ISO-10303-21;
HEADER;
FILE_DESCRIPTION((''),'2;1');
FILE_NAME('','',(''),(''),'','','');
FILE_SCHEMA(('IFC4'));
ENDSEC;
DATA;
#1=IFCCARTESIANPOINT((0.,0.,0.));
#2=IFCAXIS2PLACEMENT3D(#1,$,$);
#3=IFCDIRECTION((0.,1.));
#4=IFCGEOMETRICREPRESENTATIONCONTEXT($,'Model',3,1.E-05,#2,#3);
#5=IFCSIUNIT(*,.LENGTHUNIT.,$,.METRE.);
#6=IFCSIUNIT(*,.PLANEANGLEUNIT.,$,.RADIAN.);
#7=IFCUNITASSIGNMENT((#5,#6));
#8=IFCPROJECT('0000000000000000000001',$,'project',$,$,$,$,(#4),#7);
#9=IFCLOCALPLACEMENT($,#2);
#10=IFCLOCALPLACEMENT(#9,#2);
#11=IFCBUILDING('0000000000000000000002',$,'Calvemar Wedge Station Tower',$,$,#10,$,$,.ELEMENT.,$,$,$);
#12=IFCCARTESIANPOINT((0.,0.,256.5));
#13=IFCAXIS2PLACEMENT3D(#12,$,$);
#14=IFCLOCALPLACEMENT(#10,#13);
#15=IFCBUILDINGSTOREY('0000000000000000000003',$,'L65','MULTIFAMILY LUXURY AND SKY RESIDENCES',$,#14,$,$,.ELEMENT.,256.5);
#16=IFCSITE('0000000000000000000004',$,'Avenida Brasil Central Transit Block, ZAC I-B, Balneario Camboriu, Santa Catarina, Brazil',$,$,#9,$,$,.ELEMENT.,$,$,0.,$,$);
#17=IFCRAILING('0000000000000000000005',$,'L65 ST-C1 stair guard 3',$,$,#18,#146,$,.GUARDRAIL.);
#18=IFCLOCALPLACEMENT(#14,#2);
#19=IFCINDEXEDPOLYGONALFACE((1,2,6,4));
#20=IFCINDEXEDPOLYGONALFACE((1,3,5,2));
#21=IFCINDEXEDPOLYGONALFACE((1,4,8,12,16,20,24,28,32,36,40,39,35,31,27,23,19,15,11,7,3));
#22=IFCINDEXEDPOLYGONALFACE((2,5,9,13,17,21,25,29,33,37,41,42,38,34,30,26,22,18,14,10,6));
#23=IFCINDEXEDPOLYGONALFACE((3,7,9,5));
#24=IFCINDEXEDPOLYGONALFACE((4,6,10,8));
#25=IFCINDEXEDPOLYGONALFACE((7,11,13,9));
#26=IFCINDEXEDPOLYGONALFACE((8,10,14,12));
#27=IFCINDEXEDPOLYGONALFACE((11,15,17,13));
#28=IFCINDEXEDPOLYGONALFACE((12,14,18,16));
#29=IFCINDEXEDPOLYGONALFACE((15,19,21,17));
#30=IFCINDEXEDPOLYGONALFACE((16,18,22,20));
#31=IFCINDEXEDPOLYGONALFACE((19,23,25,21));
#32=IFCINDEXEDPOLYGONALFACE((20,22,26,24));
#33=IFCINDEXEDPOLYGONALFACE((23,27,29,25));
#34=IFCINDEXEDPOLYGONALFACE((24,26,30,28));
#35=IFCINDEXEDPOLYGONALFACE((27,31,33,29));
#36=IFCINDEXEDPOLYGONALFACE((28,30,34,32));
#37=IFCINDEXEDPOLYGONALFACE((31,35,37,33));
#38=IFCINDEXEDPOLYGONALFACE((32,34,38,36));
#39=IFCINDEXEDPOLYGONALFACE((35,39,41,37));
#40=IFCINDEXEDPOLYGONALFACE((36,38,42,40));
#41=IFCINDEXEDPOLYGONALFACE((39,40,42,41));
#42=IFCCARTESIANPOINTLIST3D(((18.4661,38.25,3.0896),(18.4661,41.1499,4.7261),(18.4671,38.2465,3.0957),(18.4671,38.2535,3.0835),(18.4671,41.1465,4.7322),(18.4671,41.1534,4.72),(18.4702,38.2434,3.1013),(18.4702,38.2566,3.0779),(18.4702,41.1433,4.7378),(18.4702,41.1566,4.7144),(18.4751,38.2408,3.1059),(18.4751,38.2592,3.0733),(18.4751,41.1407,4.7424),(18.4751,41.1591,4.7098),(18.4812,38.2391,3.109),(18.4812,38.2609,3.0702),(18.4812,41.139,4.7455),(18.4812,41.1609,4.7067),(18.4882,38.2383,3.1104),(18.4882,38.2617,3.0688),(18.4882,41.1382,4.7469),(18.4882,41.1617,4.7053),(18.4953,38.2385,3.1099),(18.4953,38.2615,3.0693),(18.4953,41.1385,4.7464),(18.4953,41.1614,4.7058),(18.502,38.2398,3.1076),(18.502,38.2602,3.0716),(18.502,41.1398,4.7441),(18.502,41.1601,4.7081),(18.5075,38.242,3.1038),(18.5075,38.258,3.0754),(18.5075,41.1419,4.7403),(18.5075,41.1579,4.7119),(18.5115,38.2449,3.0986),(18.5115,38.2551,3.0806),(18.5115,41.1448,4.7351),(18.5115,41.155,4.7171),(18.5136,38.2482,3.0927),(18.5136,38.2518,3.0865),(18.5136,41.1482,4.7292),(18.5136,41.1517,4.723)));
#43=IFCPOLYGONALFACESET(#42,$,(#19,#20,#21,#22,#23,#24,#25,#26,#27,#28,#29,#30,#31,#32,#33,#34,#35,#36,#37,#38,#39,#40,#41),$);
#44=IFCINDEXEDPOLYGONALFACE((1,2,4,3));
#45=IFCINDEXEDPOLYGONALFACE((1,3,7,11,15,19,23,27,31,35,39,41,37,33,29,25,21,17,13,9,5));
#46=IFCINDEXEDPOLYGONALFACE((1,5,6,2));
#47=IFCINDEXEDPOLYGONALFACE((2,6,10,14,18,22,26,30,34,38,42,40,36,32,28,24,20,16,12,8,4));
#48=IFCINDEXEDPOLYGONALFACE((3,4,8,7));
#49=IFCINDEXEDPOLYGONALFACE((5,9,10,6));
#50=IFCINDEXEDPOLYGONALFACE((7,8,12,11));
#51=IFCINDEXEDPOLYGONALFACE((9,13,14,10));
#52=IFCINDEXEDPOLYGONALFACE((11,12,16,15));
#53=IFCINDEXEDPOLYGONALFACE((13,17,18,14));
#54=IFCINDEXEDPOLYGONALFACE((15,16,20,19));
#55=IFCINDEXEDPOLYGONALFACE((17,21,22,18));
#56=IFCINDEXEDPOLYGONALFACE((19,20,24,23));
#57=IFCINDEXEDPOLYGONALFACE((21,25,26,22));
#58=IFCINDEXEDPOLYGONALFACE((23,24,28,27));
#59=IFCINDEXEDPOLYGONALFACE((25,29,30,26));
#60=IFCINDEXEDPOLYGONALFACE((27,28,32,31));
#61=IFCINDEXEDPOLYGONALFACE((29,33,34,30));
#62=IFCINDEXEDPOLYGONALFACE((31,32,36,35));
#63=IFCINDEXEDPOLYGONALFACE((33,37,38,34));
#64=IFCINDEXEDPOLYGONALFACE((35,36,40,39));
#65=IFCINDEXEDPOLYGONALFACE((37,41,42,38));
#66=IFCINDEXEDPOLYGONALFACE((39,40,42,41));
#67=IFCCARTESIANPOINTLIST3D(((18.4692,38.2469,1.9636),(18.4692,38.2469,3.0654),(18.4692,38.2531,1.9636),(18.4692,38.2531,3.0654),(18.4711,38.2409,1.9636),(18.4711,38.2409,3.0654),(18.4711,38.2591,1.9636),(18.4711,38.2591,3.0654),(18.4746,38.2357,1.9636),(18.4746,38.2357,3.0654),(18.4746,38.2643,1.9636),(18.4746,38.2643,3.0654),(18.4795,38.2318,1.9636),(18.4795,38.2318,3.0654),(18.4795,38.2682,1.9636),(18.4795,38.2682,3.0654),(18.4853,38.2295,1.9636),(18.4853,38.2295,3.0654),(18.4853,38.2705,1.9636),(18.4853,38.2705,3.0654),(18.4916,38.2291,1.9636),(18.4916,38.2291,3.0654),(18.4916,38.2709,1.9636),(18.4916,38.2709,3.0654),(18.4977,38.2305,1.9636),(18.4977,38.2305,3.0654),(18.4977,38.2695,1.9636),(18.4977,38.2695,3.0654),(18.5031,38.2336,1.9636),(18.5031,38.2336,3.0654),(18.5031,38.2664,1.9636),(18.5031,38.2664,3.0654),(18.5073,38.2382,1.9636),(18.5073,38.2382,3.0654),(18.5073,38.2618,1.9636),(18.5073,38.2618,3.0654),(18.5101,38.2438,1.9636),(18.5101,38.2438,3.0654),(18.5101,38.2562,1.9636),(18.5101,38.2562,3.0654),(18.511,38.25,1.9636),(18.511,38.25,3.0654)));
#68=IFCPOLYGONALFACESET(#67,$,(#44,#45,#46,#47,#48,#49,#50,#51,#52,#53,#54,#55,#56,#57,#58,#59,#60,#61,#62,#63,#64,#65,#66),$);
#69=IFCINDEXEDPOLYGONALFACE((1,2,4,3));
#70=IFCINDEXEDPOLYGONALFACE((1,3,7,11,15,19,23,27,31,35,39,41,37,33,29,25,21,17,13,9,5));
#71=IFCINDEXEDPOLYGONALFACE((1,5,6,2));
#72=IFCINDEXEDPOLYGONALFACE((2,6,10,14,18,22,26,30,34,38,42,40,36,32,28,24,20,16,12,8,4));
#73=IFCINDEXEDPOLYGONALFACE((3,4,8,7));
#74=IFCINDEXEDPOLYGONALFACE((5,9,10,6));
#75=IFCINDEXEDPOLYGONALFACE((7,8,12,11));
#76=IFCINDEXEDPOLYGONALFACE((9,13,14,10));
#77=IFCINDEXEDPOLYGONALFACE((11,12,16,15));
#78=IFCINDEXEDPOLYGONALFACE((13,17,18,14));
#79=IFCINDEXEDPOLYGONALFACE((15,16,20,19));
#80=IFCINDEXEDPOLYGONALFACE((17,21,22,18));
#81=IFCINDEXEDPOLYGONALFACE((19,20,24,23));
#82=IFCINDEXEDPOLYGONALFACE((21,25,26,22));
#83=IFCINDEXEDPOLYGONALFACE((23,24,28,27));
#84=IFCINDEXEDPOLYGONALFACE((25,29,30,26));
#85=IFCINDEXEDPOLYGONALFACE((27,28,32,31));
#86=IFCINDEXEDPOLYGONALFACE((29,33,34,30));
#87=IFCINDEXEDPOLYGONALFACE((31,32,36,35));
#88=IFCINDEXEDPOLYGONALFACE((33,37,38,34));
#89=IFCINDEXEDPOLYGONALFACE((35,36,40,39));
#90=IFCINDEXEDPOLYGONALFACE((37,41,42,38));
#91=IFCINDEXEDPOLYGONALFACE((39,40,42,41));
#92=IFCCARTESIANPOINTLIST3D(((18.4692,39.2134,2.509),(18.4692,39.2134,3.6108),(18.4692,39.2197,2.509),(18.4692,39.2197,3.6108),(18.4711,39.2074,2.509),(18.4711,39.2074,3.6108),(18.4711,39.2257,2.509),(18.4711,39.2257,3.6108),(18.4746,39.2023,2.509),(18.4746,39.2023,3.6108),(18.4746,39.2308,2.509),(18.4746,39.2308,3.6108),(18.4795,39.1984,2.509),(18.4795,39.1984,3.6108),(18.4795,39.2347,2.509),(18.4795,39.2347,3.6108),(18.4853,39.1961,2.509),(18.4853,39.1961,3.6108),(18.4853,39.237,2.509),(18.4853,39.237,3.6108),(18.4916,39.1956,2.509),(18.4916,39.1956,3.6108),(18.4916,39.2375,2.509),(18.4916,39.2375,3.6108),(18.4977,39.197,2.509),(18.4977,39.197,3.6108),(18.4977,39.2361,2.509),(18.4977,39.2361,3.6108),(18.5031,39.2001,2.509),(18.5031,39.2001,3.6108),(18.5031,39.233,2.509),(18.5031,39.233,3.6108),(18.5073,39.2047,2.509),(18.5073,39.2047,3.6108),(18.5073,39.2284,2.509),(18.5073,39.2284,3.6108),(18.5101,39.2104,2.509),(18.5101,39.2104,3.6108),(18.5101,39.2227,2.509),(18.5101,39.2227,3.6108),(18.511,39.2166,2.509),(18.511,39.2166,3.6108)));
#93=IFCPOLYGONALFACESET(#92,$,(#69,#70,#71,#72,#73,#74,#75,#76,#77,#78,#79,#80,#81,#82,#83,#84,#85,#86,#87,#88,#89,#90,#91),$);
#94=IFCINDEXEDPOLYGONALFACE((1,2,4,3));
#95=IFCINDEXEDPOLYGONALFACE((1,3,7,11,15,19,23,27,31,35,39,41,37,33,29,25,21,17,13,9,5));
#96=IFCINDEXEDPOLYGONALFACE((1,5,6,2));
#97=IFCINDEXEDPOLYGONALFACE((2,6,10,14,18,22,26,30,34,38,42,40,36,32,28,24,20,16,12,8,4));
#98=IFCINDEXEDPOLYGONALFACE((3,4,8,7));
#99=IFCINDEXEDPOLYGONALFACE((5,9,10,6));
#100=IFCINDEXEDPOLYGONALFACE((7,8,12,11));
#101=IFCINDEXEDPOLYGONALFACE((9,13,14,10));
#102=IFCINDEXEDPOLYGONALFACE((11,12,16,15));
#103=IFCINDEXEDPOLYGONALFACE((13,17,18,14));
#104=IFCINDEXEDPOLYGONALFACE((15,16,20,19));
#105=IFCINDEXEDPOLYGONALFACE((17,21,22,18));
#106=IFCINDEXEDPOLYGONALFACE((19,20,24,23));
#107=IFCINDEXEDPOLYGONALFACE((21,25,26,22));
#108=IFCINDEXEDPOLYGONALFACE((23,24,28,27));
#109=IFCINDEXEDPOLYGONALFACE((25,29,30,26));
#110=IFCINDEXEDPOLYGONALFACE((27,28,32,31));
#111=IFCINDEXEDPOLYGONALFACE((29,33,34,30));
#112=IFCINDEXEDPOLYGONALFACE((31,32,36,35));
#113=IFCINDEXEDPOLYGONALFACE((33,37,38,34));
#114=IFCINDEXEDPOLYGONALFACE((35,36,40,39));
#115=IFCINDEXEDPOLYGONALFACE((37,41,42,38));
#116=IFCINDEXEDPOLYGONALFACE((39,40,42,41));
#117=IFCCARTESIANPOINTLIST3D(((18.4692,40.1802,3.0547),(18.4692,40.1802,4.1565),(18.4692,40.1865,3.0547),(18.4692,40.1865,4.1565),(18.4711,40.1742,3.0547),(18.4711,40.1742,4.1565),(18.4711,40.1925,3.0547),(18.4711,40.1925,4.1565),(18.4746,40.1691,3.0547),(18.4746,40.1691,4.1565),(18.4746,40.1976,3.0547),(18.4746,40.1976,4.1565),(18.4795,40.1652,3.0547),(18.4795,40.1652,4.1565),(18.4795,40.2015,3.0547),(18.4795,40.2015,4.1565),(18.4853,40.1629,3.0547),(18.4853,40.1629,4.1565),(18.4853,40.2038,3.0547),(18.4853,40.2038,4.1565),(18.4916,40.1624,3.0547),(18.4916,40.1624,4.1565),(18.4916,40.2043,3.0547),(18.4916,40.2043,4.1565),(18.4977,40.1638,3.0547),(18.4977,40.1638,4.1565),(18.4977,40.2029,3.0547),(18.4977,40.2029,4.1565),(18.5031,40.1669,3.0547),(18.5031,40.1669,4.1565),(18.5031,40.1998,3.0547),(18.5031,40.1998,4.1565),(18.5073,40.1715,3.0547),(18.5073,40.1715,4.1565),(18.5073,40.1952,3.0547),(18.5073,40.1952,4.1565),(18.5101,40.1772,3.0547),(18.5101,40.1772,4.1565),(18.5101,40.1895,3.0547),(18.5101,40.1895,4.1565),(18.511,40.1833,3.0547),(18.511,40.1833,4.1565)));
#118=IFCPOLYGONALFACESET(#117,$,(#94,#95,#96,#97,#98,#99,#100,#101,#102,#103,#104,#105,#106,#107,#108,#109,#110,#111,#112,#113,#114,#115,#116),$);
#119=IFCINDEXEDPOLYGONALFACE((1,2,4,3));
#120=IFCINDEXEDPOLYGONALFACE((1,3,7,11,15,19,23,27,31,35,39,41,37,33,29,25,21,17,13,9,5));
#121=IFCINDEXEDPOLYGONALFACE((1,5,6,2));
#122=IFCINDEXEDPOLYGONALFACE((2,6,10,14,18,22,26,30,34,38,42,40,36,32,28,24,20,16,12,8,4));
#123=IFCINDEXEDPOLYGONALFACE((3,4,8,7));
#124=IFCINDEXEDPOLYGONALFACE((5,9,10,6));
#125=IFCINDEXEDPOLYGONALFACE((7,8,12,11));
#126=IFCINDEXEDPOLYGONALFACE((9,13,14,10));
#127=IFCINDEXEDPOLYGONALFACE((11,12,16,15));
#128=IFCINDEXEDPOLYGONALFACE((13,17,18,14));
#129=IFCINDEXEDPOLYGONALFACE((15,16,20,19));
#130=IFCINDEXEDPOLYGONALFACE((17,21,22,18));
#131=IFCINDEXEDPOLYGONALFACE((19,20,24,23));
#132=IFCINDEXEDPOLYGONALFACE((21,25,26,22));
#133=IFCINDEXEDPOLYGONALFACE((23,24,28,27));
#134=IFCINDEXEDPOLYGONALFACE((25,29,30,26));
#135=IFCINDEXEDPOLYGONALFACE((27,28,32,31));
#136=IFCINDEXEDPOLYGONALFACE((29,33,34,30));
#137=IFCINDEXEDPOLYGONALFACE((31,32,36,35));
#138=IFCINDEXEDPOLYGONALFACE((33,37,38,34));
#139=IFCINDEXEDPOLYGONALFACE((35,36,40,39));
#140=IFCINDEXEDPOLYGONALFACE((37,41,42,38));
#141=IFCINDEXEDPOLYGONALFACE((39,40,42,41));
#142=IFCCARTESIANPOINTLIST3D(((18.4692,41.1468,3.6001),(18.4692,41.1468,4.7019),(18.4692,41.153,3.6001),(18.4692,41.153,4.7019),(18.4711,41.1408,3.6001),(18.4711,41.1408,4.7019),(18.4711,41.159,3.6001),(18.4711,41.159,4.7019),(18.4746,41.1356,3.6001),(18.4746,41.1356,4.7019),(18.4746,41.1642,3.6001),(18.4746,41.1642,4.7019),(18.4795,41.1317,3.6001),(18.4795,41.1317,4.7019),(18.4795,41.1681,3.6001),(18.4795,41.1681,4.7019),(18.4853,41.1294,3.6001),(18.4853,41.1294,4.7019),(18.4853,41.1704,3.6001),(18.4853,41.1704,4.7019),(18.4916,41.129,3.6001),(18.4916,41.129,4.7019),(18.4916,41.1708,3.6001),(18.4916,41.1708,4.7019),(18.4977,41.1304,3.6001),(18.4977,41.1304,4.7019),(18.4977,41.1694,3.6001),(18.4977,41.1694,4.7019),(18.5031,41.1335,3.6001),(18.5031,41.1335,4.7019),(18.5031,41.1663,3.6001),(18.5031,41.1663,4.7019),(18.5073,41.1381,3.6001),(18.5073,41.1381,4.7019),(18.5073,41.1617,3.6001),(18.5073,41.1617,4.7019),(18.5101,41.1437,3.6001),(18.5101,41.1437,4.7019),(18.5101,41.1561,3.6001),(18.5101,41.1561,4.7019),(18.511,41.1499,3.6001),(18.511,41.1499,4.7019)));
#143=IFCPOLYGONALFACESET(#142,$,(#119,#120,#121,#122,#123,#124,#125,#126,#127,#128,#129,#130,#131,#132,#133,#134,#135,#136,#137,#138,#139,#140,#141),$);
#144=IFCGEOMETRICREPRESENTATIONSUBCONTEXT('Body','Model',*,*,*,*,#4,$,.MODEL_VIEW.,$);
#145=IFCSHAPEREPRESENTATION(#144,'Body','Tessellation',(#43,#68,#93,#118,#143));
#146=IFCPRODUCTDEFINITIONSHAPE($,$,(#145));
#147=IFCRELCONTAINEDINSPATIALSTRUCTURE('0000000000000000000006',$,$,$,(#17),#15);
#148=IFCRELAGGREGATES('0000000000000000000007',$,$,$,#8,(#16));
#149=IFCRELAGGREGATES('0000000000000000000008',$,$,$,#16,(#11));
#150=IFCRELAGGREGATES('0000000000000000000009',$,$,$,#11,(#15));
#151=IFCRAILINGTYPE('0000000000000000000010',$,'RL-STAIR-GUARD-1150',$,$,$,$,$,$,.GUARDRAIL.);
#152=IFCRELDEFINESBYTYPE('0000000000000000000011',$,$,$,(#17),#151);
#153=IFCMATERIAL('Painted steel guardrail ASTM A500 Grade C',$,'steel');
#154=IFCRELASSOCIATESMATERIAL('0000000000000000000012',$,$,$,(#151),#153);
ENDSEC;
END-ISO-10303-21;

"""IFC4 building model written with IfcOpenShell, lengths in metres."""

from ifc_helpers import new_model, si_unit, direction, frame, origin, origin_2d, place, context, subcontext, project, spatial, circle, extrude, material, type_object, element, save


model = new_model("IFC4")

# Units and contexts
model_context = context("Model", 3, precision=1e-05, world=origin(), true_north=direction((0.0, 1.0)))
body_context = subcontext(model_context, "Body", "Model", "MODEL_VIEW")
ifc_project = project(units=[si_unit("LENGTHUNIT", "METRE"), si_unit("PLANEANGLEUNIT", "RADIAN")], contexts=[model_context])

# Site, building, storey
site_placement = place(None, origin())
site = spatial("IfcSite", under=ifc_project, at=site_placement, Name="Avenida Brasil Central Transit Block, ZAC I-B, Balneario Camboriu, Santa Catarina, Brazil", CompositionType="ELEMENT", RefElevation=0.0)
building_placement = place(site_placement, origin())
building = spatial("IfcBuilding", under=site, at=building_placement, Name="Calvemar Wedge Station Tower", CompositionType="ELEMENT")
storey_placement = place(building_placement, frame((0.0, 0.0, 256.5)))
storey = spatial("IfcBuildingStorey", under=building, at=storey_placement, Name="L65", Description="MULTIFAMILY LUXURY AND SKY RESIDENCES", CompositionType="ELEMENT", Elevation=256.5)

# Railing
ifc_material_1 = material(Name="Painted steel guardrail ASTM A500 Grade C", Category="steel")
railing_type_1 = type_object("IfcRailingType", Name="RL-STAIR-GUARD-1150", PredefinedType="GUARDRAIL", material=ifc_material_1)
railing_1_placement = place(storey_placement, frame((18.49, 38.25, 1.9636)))
element("IfcRailing", 1, at=railing_1_placement, inside=storey, type_object=railing_type_1, Name="L65 ST-C1 stair guard 3", PredefinedType="GUARDRAIL", context=body_context, shape_type="SweptSolid", body=[
    extrude(circle(Radius=0.0239, at=origin_2d()), frame((0.0, 0.0, 1.126), z_axis=(0.0, 0.870897, 0.491465), x_axis=(-1.0, 0.0, 0.0)), (0.0, 0.0, 1.0), 3.3298),
    extrude(circle(Radius=0.021, at=origin_2d()), origin(), (0.0, 0.0, 1.0), 1.1018),
    extrude(circle(Radius=0.021, at=origin_2d()), frame((0.0, 0.9666, 0.5454)), (0.0, 0.0, 1.0), 1.1018),
    extrude(circle(Radius=0.021, at=origin_2d()), frame((0.0, 1.9333, 1.0911)), (0.0, 0.0, 1.0), 1.1018),
    extrude(circle(Radius=0.021, at=origin_2d()), frame((0.0, 2.8999, 1.6365)), (0.0, 0.0, 1.0), 1.1018),
])

save(model, "model.ifc")
